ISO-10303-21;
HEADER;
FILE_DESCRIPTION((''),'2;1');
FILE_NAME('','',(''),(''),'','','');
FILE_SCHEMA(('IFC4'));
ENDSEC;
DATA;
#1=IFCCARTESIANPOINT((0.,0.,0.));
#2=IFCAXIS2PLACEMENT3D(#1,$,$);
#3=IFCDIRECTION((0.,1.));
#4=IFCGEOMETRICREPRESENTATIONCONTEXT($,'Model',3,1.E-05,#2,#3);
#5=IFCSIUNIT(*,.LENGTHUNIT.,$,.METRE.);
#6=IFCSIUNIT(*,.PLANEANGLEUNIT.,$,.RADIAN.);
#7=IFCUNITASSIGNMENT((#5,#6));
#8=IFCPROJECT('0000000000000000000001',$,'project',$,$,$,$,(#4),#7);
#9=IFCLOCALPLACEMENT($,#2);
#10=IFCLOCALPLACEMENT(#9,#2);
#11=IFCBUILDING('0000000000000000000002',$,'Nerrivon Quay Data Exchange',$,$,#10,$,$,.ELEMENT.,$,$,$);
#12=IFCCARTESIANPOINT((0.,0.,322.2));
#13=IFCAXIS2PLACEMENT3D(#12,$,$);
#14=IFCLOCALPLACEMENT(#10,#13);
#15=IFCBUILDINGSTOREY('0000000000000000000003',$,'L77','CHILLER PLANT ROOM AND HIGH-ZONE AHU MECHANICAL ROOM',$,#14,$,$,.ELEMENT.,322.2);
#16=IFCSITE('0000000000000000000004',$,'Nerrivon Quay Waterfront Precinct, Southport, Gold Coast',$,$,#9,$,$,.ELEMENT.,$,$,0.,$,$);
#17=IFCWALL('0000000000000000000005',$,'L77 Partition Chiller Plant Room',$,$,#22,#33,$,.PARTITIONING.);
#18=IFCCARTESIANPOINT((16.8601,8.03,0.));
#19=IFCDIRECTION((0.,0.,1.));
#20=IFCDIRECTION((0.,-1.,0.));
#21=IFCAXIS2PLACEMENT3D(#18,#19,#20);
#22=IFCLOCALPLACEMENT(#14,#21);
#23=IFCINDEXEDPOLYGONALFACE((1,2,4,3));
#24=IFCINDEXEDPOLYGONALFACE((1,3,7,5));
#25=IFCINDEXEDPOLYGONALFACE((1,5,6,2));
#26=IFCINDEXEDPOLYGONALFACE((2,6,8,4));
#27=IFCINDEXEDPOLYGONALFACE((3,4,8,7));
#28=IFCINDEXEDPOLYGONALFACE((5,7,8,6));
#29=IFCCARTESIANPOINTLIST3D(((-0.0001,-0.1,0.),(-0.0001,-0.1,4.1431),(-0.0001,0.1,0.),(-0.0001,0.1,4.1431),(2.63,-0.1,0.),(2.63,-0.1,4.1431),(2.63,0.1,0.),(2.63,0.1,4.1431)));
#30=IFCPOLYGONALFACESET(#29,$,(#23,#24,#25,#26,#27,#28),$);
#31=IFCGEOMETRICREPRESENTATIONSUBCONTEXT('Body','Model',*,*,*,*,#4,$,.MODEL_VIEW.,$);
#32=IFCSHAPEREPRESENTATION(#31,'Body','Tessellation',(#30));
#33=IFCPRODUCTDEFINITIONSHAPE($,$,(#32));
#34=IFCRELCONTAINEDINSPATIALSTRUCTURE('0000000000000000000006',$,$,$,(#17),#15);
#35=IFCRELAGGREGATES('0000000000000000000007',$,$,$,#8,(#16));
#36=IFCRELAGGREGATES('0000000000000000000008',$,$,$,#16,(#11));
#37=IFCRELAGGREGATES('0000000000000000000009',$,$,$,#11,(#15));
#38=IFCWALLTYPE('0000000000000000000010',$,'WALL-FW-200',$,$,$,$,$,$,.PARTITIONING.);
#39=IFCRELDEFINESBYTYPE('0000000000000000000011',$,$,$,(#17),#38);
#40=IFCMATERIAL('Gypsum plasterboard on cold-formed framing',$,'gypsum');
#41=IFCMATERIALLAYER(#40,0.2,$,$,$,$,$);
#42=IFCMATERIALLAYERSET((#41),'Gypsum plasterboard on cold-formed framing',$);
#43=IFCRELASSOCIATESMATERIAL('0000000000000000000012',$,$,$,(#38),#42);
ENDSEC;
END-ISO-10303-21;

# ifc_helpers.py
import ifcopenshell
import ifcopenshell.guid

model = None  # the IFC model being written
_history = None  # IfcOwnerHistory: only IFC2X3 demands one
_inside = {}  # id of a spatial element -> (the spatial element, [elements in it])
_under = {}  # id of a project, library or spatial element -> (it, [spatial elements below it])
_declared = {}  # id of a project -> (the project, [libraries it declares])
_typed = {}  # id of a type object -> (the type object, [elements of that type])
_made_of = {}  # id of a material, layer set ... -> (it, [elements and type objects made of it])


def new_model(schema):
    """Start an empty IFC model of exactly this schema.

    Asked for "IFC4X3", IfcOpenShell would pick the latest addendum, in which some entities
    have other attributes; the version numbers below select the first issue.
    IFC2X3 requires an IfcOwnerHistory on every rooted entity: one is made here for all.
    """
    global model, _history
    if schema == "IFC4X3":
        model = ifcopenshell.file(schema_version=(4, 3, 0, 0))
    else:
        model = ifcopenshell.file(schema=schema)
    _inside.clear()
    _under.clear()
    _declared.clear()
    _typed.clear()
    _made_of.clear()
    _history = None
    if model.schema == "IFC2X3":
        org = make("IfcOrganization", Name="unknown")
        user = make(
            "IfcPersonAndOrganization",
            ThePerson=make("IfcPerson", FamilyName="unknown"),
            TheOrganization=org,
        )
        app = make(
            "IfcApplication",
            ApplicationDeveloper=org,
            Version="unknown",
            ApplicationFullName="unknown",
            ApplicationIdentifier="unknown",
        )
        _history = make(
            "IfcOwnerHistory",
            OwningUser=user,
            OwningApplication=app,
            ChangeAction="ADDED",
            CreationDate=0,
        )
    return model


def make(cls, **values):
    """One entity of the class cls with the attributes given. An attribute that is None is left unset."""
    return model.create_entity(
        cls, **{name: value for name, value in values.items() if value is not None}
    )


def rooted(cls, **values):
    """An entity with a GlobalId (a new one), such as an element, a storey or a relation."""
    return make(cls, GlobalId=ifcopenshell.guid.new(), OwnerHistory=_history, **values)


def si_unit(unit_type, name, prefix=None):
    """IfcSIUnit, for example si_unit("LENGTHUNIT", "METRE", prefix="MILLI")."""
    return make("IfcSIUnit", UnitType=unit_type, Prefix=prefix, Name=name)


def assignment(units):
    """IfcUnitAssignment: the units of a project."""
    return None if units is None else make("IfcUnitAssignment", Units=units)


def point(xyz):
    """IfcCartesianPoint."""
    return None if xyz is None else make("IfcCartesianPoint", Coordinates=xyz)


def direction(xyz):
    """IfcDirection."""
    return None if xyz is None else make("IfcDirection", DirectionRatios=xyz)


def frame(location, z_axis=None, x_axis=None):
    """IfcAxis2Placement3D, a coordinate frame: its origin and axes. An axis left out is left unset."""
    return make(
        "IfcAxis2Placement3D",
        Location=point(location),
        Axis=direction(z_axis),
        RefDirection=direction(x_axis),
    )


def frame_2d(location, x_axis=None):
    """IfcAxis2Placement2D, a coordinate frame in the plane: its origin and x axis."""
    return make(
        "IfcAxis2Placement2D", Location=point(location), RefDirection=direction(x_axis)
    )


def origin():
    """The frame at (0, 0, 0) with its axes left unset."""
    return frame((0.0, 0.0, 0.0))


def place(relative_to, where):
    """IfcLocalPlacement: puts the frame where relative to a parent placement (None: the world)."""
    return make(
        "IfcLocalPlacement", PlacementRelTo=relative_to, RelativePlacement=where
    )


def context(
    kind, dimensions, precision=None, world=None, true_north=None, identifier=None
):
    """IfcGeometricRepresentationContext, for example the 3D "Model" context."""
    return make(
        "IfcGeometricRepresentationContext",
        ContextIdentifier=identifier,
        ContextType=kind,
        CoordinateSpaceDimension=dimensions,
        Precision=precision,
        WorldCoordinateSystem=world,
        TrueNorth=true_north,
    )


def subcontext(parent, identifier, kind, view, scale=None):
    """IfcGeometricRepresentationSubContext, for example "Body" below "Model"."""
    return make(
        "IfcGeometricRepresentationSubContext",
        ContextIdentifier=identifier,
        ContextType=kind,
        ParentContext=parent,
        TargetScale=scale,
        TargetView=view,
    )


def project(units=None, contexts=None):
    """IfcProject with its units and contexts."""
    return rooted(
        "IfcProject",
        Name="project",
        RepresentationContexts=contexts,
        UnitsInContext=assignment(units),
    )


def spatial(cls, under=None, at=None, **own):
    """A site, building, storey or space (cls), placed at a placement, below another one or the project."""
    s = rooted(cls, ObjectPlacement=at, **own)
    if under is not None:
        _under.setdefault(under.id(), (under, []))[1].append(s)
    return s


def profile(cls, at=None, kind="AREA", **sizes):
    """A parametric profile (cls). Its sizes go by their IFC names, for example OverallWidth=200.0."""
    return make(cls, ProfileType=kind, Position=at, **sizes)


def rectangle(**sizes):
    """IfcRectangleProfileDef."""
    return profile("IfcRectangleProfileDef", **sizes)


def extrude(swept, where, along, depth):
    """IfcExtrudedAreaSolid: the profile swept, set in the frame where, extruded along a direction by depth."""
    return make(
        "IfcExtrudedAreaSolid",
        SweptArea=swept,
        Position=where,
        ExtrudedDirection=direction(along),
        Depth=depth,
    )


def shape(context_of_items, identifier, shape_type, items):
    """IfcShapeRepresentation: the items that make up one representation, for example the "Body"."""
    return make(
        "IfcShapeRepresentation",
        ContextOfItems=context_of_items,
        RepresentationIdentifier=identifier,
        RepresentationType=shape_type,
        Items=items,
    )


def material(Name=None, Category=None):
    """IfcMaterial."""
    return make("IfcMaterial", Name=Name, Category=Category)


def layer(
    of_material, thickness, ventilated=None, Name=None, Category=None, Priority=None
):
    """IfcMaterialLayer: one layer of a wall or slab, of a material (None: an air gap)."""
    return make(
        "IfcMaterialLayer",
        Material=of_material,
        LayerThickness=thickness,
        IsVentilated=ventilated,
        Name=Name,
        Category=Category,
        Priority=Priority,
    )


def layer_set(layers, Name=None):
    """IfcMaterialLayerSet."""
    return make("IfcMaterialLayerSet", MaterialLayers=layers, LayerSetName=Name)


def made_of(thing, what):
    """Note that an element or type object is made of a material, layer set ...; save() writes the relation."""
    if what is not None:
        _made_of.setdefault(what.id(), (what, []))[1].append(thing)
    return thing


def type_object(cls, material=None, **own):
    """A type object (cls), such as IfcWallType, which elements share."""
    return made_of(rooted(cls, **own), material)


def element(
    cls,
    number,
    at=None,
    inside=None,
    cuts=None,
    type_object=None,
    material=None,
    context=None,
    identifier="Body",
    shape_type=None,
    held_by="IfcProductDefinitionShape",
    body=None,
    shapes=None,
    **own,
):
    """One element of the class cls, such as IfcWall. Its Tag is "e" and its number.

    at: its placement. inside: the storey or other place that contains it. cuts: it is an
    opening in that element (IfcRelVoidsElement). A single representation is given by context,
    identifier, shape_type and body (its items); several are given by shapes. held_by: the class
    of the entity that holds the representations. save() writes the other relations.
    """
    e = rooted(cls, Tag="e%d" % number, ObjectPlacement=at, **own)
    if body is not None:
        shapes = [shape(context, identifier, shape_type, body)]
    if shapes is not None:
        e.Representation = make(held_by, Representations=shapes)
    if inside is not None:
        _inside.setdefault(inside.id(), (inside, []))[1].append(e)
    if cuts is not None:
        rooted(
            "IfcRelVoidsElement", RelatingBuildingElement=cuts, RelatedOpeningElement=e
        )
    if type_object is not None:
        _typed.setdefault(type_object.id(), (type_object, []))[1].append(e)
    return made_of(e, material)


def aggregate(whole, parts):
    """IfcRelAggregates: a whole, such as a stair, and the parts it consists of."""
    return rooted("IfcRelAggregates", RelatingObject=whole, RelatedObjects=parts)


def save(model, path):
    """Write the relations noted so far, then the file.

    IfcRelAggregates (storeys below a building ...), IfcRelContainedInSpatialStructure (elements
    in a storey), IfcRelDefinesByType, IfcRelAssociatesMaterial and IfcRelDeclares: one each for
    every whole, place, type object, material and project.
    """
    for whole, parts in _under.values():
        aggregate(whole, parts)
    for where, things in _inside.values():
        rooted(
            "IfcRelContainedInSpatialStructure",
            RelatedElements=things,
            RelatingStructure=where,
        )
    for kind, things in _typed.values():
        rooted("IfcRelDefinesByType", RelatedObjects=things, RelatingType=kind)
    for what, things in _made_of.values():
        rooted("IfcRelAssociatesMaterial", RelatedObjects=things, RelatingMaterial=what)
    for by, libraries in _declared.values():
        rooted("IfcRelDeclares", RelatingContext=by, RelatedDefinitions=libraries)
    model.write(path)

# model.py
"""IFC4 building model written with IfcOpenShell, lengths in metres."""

from ifc_helpers import new_model, si_unit, direction, frame, frame_2d, origin, place, context, subcontext, project, spatial, rectangle, extrude, material, layer, layer_set, type_object, element, save


model = new_model("IFC4")

# Units and contexts
model_context = context("Model", 3, precision=1e-05, world=origin(), true_north=direction((0.0, 1.0)))
body_context = subcontext(model_context, "Body", "Model", "MODEL_VIEW")
ifc_project = project(units=[si_unit("LENGTHUNIT", "METRE"), si_unit("PLANEANGLEUNIT", "RADIAN")], contexts=[model_context])

# Site, building, storey
site_placement = place(None, origin())
site = spatial("IfcSite", under=ifc_project, at=site_placement, Name="Nerrivon Quay Waterfront Precinct, Southport, Gold Coast", CompositionType="ELEMENT", RefElevation=0.0)
building_placement = place(site_placement, origin())
building = spatial("IfcBuilding", under=site, at=building_placement, Name="Nerrivon Quay Data Exchange", CompositionType="ELEMENT")
storey_placement = place(building_placement, frame((0.0, 0.0, 322.2)))
storey = spatial("IfcBuildingStorey", under=building, at=storey_placement, Name="L77", Description="CHILLER PLANT ROOM AND HIGH-ZONE AHU MECHANICAL ROOM", CompositionType="ELEMENT", Elevation=322.2)

# Shared definitions
ifc_material_1 = material(Name="Gypsum plasterboard on cold-formed framing", Category="gypsum")
ifc_layer_1 = layer(ifc_material_1, 0.2)
ifc_layer_set_1 = layer_set([ifc_layer_1], Name="Gypsum plasterboard on cold-formed framing")
wall_type_1 = type_object("IfcWallType", Name="WALL-FW-200", PredefinedType="PARTITIONING", material=ifc_layer_set_1)

# Wall
wall_1_placement = place(storey_placement, frame((16.8601, 8.03, 0.0), z_axis=(0.0, 0.0, 1.0), x_axis=(0.0, -1.0, 0.0)))
element("IfcWall", 1, at=wall_1_placement, inside=storey, type_object=wall_type_1, Name="L77 Partition Chiller Plant Room", PredefinedType="PARTITIONING", context=body_context, shape_type="SweptSolid", body=[
    extrude(rectangle(XDim=2.6301, YDim=0.2, at=frame_2d((1.3149, 0.0))), origin(), (0.0, 0.0, 1.0), 4.1431),
])

save(model, "model.ifc")
